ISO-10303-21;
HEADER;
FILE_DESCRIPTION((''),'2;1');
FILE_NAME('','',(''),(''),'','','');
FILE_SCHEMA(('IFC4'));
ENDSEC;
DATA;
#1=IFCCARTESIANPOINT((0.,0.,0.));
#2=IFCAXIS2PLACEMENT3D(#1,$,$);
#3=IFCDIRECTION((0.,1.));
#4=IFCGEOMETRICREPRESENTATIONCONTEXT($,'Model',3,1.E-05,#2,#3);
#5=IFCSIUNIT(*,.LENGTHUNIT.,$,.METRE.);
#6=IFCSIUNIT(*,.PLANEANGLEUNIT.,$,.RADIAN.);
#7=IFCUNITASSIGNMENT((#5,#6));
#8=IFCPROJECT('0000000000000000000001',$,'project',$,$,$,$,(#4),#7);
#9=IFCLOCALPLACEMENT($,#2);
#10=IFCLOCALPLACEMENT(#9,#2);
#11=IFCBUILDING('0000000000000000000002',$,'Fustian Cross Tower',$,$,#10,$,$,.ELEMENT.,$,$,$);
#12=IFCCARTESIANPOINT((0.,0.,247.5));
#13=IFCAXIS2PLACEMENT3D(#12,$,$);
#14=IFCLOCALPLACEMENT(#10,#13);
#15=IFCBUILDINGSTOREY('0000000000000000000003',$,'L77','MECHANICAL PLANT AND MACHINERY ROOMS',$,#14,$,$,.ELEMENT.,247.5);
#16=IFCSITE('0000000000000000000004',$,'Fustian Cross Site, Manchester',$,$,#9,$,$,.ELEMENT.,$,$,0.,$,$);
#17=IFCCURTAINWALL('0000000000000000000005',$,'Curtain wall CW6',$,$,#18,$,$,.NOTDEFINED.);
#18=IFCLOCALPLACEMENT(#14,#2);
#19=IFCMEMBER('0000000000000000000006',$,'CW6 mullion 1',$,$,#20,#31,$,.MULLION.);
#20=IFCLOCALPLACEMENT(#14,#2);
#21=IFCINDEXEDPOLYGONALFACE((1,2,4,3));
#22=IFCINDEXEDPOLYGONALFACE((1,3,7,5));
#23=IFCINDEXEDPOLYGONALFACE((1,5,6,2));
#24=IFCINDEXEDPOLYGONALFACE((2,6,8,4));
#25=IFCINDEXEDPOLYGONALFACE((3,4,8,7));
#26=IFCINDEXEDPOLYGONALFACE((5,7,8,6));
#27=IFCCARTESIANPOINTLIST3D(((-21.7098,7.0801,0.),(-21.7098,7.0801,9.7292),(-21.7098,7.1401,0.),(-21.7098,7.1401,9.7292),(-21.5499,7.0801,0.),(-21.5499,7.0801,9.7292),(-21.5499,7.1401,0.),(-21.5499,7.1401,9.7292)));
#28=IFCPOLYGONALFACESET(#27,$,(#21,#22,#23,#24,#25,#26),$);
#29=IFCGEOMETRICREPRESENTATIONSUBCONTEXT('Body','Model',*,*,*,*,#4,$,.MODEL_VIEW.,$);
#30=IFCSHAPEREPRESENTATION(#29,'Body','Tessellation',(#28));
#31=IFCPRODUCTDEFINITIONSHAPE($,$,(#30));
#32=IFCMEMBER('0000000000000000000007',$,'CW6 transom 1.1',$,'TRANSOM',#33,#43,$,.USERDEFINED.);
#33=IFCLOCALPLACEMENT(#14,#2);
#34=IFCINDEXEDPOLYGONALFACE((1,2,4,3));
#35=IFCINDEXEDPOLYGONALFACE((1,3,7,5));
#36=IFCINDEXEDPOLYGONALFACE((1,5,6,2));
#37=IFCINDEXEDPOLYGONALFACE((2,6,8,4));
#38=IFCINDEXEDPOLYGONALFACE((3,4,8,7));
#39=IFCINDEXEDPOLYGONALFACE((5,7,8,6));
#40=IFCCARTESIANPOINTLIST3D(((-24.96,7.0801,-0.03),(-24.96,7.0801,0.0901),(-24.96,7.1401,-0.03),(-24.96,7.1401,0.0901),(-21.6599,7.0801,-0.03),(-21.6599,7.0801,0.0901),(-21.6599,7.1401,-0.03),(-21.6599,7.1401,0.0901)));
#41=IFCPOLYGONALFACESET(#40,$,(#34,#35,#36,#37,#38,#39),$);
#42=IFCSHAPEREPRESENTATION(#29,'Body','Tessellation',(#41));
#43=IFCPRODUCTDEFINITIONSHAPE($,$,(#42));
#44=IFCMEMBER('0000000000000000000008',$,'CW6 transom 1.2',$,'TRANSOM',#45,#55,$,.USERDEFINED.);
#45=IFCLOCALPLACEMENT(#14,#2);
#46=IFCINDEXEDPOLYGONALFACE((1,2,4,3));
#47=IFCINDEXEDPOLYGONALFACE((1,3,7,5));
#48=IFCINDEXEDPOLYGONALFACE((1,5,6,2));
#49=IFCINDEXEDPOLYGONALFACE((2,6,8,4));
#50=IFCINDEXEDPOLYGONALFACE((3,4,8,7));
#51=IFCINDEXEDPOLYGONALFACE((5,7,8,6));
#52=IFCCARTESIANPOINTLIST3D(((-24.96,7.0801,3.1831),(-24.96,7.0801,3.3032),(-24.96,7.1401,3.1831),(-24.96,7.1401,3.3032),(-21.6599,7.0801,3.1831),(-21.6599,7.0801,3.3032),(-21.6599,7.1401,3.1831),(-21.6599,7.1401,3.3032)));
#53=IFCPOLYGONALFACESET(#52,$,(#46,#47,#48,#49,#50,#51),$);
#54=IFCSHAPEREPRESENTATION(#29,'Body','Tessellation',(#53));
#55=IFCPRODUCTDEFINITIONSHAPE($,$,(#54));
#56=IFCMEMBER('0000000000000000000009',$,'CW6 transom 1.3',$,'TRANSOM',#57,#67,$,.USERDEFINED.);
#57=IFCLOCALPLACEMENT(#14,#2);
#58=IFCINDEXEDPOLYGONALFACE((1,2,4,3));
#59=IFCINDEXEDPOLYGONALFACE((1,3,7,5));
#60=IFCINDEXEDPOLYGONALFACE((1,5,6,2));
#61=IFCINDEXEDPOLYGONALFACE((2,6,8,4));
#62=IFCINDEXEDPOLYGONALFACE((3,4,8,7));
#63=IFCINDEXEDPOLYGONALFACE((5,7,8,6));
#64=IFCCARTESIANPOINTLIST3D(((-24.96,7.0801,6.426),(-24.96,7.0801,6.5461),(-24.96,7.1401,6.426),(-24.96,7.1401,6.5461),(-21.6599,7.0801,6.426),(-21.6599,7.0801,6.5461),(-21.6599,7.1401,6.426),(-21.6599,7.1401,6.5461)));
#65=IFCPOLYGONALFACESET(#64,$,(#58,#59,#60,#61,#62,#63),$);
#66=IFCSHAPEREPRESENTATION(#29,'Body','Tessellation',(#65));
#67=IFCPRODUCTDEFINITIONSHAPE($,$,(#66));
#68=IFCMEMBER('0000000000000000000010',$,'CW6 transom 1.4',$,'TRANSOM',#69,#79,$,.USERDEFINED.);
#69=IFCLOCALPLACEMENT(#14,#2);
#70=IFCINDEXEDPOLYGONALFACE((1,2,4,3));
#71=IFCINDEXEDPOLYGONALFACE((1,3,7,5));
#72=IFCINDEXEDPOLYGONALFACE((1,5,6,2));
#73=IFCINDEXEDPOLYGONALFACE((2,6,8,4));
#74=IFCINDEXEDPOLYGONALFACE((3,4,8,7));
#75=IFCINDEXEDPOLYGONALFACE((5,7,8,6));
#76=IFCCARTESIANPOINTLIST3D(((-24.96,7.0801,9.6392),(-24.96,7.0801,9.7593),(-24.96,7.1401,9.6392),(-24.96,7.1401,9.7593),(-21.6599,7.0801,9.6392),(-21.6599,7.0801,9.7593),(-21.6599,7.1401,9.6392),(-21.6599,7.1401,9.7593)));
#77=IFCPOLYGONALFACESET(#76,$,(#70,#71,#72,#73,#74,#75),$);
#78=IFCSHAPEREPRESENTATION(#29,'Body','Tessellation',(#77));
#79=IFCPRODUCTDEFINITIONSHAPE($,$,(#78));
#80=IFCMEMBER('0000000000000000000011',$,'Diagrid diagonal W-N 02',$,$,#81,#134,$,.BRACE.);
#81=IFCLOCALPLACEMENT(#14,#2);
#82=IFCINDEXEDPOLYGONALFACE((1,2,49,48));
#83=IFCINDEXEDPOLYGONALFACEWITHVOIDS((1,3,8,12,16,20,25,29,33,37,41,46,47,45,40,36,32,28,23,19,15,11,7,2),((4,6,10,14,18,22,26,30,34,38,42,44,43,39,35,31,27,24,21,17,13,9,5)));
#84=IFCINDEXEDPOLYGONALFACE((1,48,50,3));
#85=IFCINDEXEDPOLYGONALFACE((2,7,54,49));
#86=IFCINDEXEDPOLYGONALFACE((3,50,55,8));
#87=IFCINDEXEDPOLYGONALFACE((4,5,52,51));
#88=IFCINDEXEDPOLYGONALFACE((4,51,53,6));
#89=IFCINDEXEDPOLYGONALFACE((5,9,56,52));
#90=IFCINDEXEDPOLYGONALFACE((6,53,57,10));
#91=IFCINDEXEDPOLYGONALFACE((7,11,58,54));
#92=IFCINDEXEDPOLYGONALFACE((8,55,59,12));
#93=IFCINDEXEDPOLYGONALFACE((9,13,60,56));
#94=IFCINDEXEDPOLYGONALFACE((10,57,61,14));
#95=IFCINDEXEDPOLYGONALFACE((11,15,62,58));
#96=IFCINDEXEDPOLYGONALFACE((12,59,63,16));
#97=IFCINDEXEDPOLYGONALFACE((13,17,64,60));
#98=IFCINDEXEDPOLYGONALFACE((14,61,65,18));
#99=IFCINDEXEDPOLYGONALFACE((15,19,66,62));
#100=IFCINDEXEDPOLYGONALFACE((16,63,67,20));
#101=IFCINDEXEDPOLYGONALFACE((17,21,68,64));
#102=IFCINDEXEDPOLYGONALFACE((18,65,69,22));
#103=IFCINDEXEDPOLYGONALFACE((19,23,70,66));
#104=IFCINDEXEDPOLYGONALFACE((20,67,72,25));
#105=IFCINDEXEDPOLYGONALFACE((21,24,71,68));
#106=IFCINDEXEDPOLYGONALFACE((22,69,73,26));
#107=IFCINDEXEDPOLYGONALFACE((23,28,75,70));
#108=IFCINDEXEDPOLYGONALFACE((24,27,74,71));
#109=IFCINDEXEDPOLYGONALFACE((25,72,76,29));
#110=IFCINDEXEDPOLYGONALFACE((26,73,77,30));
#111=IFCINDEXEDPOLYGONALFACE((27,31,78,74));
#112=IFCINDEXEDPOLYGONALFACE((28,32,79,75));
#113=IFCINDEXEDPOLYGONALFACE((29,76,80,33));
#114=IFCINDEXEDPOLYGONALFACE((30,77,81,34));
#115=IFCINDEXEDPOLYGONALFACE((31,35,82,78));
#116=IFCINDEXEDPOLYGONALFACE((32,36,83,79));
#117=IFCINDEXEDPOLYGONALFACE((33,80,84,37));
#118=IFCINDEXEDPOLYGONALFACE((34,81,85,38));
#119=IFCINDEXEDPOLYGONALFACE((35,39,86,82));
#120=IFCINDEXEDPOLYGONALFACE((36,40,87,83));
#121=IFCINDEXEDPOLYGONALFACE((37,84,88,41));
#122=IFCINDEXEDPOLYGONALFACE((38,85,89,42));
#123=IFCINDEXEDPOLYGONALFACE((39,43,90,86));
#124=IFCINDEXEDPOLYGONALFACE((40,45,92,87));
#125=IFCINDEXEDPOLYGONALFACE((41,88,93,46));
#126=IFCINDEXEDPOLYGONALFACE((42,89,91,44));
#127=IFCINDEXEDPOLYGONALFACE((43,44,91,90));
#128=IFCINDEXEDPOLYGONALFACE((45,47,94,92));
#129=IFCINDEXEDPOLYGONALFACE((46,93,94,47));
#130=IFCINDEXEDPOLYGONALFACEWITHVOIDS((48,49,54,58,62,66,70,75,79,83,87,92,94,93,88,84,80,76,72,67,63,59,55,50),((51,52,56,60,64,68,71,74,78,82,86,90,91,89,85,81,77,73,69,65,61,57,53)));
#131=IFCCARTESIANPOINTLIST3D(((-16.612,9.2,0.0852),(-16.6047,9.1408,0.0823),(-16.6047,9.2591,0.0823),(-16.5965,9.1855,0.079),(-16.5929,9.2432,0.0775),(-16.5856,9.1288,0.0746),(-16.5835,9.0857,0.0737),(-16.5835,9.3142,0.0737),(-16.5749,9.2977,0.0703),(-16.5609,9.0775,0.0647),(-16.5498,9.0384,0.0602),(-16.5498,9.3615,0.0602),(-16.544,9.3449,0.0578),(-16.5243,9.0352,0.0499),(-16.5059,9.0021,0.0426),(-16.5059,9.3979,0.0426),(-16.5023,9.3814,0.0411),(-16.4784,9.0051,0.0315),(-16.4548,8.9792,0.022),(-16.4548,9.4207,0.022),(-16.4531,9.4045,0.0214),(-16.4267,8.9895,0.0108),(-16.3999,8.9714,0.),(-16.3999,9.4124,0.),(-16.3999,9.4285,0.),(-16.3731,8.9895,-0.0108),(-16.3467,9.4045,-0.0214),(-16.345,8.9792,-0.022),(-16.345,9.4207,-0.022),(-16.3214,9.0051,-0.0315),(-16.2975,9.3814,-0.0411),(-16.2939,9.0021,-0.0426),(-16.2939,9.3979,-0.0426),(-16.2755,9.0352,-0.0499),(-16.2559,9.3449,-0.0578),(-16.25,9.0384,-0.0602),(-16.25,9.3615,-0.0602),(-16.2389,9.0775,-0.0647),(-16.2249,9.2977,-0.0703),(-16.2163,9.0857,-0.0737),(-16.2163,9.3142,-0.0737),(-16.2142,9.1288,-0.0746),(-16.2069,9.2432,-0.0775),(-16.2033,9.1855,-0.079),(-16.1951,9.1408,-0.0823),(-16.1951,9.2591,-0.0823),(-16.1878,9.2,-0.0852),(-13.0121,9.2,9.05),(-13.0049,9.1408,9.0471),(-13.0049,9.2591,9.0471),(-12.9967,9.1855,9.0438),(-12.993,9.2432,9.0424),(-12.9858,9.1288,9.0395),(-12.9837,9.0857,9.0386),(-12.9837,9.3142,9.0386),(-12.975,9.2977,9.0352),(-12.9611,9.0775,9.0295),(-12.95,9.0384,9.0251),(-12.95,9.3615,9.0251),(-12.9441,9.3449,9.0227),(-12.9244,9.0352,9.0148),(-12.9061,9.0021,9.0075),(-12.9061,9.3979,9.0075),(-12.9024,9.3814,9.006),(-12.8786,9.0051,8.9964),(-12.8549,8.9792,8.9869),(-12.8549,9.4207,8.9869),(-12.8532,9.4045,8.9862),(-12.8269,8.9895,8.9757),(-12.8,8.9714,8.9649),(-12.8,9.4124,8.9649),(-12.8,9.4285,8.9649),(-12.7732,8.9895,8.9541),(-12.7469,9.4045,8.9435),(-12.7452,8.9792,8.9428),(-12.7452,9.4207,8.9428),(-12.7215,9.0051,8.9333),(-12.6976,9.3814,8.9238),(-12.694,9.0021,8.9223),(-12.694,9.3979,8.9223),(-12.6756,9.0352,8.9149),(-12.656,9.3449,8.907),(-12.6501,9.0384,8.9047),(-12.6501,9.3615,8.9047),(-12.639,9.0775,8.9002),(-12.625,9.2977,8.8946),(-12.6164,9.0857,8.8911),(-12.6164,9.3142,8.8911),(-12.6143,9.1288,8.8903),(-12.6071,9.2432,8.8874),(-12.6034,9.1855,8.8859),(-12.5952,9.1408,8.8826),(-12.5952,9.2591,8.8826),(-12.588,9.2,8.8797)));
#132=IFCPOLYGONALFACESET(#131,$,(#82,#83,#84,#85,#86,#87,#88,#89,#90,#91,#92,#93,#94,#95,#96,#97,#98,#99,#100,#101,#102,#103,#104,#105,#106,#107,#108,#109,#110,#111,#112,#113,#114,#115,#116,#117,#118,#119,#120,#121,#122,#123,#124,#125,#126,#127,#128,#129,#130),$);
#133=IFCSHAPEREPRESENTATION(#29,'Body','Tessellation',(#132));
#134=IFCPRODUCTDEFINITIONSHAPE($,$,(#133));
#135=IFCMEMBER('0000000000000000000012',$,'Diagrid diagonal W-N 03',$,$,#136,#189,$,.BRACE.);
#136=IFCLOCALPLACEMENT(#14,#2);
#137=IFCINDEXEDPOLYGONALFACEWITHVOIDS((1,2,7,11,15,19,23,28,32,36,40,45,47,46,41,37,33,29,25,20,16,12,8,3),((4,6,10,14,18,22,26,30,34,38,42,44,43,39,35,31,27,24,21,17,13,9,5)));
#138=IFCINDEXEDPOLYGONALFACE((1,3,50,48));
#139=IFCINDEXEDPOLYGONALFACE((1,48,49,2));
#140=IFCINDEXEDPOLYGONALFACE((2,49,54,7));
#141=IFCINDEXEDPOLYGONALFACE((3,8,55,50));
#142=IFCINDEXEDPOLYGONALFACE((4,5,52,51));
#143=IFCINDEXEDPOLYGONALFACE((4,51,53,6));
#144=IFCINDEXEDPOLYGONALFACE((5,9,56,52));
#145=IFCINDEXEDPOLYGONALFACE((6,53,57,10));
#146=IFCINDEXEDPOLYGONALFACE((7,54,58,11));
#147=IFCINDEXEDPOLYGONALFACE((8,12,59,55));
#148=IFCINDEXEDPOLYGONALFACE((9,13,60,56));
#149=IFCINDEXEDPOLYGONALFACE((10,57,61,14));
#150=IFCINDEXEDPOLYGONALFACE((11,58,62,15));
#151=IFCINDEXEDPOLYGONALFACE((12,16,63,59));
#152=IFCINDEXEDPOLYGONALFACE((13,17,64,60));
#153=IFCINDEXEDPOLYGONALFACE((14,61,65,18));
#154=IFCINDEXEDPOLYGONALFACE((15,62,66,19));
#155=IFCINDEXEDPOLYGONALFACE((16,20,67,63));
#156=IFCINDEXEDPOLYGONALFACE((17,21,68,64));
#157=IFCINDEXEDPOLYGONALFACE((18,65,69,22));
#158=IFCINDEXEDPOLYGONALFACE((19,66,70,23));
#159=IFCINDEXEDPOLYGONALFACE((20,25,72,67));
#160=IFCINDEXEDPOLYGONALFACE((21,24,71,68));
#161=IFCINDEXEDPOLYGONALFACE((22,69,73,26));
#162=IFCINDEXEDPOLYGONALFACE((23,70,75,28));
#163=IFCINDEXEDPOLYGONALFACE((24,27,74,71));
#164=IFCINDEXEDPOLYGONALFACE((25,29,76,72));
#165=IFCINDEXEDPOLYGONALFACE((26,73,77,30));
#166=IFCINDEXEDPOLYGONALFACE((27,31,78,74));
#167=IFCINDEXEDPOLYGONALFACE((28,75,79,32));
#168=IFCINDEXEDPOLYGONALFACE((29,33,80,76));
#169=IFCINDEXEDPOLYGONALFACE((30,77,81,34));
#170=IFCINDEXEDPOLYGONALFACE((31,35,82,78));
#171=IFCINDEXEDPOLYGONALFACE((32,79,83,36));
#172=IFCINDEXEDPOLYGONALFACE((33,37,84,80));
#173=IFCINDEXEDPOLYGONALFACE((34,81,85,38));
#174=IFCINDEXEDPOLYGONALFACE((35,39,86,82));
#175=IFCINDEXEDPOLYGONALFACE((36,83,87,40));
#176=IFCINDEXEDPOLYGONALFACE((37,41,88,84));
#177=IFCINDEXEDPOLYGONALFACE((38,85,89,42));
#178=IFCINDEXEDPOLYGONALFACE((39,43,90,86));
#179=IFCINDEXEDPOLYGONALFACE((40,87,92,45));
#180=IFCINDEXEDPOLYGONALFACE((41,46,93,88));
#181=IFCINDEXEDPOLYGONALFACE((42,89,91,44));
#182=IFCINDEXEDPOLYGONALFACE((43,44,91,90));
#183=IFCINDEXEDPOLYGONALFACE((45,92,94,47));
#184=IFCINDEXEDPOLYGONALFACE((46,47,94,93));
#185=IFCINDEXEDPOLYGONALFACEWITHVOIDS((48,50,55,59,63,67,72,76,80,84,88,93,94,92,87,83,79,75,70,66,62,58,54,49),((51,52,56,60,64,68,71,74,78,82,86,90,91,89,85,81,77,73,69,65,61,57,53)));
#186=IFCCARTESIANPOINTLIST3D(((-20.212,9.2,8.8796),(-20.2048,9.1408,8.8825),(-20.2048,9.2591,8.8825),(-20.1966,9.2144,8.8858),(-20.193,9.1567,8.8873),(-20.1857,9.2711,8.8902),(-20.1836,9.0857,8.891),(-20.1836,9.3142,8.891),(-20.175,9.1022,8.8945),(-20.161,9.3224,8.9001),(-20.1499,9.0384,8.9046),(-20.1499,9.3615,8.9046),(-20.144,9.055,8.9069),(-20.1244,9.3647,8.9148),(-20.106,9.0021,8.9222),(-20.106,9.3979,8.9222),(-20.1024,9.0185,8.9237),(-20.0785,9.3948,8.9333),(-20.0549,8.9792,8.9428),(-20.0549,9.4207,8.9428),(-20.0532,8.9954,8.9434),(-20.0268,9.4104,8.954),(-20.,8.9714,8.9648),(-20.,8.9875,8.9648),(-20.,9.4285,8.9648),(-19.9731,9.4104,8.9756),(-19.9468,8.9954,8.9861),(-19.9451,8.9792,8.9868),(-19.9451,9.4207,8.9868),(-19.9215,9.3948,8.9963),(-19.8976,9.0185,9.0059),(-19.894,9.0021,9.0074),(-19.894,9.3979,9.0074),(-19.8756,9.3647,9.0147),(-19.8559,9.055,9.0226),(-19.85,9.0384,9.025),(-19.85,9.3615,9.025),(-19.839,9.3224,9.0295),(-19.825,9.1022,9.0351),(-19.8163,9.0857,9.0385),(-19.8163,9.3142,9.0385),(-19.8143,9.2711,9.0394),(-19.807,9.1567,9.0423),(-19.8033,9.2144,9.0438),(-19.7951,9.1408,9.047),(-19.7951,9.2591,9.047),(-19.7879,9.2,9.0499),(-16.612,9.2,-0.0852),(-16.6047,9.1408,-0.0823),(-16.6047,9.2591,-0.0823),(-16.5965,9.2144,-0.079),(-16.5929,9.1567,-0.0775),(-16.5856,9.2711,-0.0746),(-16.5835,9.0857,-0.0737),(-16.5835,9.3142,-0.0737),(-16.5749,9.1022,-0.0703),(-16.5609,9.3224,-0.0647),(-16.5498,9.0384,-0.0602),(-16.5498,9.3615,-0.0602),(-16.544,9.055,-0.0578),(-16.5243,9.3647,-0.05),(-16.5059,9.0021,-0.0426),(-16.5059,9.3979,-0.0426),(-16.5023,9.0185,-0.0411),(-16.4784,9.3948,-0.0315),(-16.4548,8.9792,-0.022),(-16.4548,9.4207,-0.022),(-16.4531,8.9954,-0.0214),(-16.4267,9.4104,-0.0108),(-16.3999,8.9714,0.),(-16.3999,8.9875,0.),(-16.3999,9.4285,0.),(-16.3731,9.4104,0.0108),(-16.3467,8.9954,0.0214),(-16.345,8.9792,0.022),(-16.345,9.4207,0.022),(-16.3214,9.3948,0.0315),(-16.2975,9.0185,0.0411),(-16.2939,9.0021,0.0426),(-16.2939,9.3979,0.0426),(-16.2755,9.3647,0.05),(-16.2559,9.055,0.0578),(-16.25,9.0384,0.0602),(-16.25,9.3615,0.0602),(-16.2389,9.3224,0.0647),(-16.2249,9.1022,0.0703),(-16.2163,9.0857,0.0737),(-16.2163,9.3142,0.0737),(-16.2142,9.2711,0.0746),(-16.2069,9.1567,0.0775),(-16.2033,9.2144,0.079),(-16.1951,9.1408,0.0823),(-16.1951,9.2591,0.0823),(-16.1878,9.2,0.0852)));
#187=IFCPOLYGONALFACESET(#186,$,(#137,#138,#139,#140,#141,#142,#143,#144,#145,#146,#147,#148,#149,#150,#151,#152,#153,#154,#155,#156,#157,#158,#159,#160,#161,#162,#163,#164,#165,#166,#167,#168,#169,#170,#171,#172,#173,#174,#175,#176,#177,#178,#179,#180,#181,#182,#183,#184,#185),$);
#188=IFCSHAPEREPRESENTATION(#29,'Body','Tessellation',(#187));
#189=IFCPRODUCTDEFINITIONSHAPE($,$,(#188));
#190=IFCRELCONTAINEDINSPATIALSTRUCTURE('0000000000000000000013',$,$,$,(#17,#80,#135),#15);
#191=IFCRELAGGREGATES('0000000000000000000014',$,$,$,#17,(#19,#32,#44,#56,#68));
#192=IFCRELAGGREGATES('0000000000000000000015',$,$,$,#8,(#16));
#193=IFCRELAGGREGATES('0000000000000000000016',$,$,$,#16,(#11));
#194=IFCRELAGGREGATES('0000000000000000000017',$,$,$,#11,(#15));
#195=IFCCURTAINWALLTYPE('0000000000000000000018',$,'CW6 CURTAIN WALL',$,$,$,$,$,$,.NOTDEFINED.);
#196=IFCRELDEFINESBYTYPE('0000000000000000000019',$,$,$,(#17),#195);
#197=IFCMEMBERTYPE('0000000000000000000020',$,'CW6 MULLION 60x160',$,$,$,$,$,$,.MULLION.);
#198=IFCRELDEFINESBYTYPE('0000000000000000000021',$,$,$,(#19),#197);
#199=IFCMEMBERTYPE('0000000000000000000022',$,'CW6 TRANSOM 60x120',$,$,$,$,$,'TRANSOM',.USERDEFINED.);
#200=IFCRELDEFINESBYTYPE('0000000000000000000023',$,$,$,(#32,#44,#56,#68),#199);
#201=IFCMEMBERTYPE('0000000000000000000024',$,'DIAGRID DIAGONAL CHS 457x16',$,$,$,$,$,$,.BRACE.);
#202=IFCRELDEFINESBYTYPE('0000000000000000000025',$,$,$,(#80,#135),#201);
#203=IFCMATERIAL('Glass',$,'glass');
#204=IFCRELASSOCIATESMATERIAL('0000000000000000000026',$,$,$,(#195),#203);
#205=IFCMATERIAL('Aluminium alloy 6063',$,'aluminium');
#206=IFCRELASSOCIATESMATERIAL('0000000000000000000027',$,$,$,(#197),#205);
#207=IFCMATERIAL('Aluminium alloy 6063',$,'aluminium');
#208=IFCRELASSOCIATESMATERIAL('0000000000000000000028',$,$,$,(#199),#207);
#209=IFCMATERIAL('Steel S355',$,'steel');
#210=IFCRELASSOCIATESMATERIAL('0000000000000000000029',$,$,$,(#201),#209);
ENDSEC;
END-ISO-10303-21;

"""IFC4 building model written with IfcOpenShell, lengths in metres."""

from ifc_helpers import new_model, si_unit, direction, frame, origin, origin_2d, place, context, subcontext, project, spatial, rectangle, hollow_circle, extrude, material, material_profile, profile_set, type_object, element, aggregate, save


model = new_model("IFC4")

# Units and contexts
model_context = context("Model", 3, precision=1e-05, world=origin(), true_north=direction((0.0, 1.0)))
body_context = subcontext(model_context, "Body", "Model", "MODEL_VIEW")
ifc_project = project(units=[si_unit("LENGTHUNIT", "METRE"), si_unit("PLANEANGLEUNIT", "RADIAN")], contexts=[model_context])

# Site, building, storey
site_placement = place(None, origin())
site = spatial("IfcSite", under=ifc_project, at=site_placement, Name="Fustian Cross Site, Manchester", CompositionType="ELEMENT", RefElevation=0.0)
building_placement = place(site_placement, origin())
building = spatial("IfcBuilding", under=site, at=building_placement, Name="Fustian Cross Tower", CompositionType="ELEMENT")
storey_placement = place(building_placement, frame((0.0, 0.0, 247.5)))
storey = spatial("IfcBuildingStorey", under=building, at=storey_placement, Name="L77", Description="MECHANICAL PLANT AND MACHINERY ROOMS", CompositionType="ELEMENT", Elevation=247.5)

# Curtain wall, members
ifc_material_1 = material(Name="Glass", Category="glass")
curtain_wall_type = type_object("IfcCurtainWallType", Name="CW6 CURTAIN WALL", PredefinedType="NOTDEFINED", material=ifc_material_1)
curtain_wall_placement = place(storey_placement, origin())
curtain_wall = element("IfcCurtainWall", 1, at=curtain_wall_placement, inside=storey, type_object=curtain_wall_type, Name="Curtain wall CW6", PredefinedType="NOTDEFINED")
ifc_material_2 = material(Name="Aluminium alloy 6063", Category="aluminium")
ifc_material_profile_1 = material_profile(ifc_material_2, rectangle(XDim=0.0601, YDim=0.1599, at=origin_2d()), Name="CW6 MULLION 60x160")
ifc_profile_set_1 = profile_set([ifc_material_profile_1], Name="Aluminium alloy 6063")
member_type_1 = type_object("IfcMemberType", Name="CW6 MULLION 60x160", PredefinedType="MULLION", material=ifc_profile_set_1)
member_1_placement = place(storey_placement, frame((-21.6299, 7.1101, 0.0), z_axis=(0.0, 0.0, 1.0), x_axis=(0.0, -1.0, 0.0)))
member_1 = element("IfcMember", 2, at=member_1_placement, type_object=member_type_1, Name="CW6 mullion 1", PredefinedType="MULLION", context=body_context, shape_type="SweptSolid", body=[
    extrude(rectangle(XDim=0.0601, YDim=0.1599, at=origin_2d()), origin(), (0.0, 0.0, 1.0), 9.7292),
])
ifc_material_3 = material(Name="Aluminium alloy 6063", Category="aluminium")
ifc_material_profile_2 = material_profile(ifc_material_3, rectangle(XDim=0.0601, YDim=0.1201, at=origin_2d()), Name="CW6 TRANSOM 60x120")
ifc_profile_set_2 = profile_set([ifc_material_profile_2], Name="Aluminium alloy 6063")
member_type_2 = type_object("IfcMemberType", Name="CW6 TRANSOM 60x120", ElementType="TRANSOM", PredefinedType="USERDEFINED", material=ifc_profile_set_2)
member_2_placement = place(storey_placement, frame((-21.6599, 7.1101, 0.03), z_axis=(-1.0, 0.0, 0.0), x_axis=(0.0, -1.0, 0.0)))
member_2 = element("IfcMember", 3, at=member_2_placement, type_object=member_type_2, Name="CW6 transom 1.1", ObjectType="TRANSOM", PredefinedType="USERDEFINED", context=body_context, shape_type="SweptSolid", body=[
    extrude(rectangle(XDim=0.0601, YDim=0.1201, at=origin_2d()), origin(), (0.0, 0.0, 1.0), 3.3),
])
member_3_placement = place(storey_placement, frame((-21.6599, 7.1101, 3.2432), z_axis=(-1.0, 0.0, 0.0), x_axis=(0.0, -1.0, 0.0)))
member_3 = element("IfcMember", 4, at=member_3_placement, type_object=member_type_2, Name="CW6 transom 1.2", ObjectType="TRANSOM", PredefinedType="USERDEFINED", context=body_context, shape_type="SweptSolid", body=[
    extrude(rectangle(XDim=0.0601, YDim=0.1201, at=origin_2d()), origin(), (0.0, 0.0, 1.0), 3.3),
])
member_4_placement = place(storey_placement, frame((-21.6599, 7.1101, 6.4861), z_axis=(-1.0, 0.0, 0.0), x_axis=(0.0, -1.0, 0.0)))
member_4 = element("IfcMember", 5, at=member_4_placement, type_object=member_type_2, Name="CW6 transom 1.3", ObjectType="TRANSOM", PredefinedType="USERDEFINED", context=body_context, shape_type="SweptSolid", body=[
    extrude(rectangle(XDim=0.0601, YDim=0.1201, at=origin_2d()), origin(), (0.0, 0.0, 1.0), 3.3),
])
member_5_placement = place(storey_placement, frame((-21.6599, 7.1101, 9.6992), z_axis=(-1.0, 0.0, 0.0), x_axis=(0.0, -1.0, 0.0)))
member_5 = element("IfcMember", 6, at=member_5_placement, type_object=member_type_2, Name="CW6 transom 1.4", ObjectType="TRANSOM", PredefinedType="USERDEFINED", context=body_context, shape_type="SweptSolid", body=[
    extrude(rectangle(XDim=0.0601, YDim=0.1201, at=origin_2d()), origin(), (0.0, 0.0, 1.0), 3.3),
])

# Members
ifc_material_4 = material(Name="Steel S355", Category="steel")
ifc_material_profile_3 = material_profile(ifc_material_4, hollow_circle(Radius=0.2285, WallThickness=0.0161, at=origin_2d()), Name="CHS 457x16")
ifc_profile_set_3 = profile_set([ifc_material_profile_3], Name="Steel S355")
member_type_3 = type_object("IfcMemberType", Name="DIAGRID DIAGONAL CHS 457x16", PredefinedType="BRACE", material=ifc_profile_set_3)
for number, where, z_axis, x_axis, name in (
    (7, (-16.3999, 9.2, 0.0), (0.372632, 0.0, 0.927979), (0.0, 1.0, 0.0), "Diagrid diagonal W-N 02"),
    (8, (-16.3999, 9.2, 0.0), (-0.372654, 0.0, 0.92797), (0.0, -1.0, 0.0), "Diagrid diagonal W-N 03"),
):
    element("IfcMember", number, at=place(storey_placement, frame(where, z_axis=z_axis, x_axis=x_axis)), inside=storey, type_object=member_type_3, Name=name, PredefinedType="BRACE", context=body_context, shape_type="SweptSolid", body=[
        extrude(hollow_circle(Radius=0.2285, WallThickness=0.0161, at=origin_2d()), origin(), (0.0, 0.0, 1.0), 9.6606),
    ])

aggregate(curtain_wall, [member_1, member_2, member_3, member_4, member_5])

save(model, "model.ifc")
